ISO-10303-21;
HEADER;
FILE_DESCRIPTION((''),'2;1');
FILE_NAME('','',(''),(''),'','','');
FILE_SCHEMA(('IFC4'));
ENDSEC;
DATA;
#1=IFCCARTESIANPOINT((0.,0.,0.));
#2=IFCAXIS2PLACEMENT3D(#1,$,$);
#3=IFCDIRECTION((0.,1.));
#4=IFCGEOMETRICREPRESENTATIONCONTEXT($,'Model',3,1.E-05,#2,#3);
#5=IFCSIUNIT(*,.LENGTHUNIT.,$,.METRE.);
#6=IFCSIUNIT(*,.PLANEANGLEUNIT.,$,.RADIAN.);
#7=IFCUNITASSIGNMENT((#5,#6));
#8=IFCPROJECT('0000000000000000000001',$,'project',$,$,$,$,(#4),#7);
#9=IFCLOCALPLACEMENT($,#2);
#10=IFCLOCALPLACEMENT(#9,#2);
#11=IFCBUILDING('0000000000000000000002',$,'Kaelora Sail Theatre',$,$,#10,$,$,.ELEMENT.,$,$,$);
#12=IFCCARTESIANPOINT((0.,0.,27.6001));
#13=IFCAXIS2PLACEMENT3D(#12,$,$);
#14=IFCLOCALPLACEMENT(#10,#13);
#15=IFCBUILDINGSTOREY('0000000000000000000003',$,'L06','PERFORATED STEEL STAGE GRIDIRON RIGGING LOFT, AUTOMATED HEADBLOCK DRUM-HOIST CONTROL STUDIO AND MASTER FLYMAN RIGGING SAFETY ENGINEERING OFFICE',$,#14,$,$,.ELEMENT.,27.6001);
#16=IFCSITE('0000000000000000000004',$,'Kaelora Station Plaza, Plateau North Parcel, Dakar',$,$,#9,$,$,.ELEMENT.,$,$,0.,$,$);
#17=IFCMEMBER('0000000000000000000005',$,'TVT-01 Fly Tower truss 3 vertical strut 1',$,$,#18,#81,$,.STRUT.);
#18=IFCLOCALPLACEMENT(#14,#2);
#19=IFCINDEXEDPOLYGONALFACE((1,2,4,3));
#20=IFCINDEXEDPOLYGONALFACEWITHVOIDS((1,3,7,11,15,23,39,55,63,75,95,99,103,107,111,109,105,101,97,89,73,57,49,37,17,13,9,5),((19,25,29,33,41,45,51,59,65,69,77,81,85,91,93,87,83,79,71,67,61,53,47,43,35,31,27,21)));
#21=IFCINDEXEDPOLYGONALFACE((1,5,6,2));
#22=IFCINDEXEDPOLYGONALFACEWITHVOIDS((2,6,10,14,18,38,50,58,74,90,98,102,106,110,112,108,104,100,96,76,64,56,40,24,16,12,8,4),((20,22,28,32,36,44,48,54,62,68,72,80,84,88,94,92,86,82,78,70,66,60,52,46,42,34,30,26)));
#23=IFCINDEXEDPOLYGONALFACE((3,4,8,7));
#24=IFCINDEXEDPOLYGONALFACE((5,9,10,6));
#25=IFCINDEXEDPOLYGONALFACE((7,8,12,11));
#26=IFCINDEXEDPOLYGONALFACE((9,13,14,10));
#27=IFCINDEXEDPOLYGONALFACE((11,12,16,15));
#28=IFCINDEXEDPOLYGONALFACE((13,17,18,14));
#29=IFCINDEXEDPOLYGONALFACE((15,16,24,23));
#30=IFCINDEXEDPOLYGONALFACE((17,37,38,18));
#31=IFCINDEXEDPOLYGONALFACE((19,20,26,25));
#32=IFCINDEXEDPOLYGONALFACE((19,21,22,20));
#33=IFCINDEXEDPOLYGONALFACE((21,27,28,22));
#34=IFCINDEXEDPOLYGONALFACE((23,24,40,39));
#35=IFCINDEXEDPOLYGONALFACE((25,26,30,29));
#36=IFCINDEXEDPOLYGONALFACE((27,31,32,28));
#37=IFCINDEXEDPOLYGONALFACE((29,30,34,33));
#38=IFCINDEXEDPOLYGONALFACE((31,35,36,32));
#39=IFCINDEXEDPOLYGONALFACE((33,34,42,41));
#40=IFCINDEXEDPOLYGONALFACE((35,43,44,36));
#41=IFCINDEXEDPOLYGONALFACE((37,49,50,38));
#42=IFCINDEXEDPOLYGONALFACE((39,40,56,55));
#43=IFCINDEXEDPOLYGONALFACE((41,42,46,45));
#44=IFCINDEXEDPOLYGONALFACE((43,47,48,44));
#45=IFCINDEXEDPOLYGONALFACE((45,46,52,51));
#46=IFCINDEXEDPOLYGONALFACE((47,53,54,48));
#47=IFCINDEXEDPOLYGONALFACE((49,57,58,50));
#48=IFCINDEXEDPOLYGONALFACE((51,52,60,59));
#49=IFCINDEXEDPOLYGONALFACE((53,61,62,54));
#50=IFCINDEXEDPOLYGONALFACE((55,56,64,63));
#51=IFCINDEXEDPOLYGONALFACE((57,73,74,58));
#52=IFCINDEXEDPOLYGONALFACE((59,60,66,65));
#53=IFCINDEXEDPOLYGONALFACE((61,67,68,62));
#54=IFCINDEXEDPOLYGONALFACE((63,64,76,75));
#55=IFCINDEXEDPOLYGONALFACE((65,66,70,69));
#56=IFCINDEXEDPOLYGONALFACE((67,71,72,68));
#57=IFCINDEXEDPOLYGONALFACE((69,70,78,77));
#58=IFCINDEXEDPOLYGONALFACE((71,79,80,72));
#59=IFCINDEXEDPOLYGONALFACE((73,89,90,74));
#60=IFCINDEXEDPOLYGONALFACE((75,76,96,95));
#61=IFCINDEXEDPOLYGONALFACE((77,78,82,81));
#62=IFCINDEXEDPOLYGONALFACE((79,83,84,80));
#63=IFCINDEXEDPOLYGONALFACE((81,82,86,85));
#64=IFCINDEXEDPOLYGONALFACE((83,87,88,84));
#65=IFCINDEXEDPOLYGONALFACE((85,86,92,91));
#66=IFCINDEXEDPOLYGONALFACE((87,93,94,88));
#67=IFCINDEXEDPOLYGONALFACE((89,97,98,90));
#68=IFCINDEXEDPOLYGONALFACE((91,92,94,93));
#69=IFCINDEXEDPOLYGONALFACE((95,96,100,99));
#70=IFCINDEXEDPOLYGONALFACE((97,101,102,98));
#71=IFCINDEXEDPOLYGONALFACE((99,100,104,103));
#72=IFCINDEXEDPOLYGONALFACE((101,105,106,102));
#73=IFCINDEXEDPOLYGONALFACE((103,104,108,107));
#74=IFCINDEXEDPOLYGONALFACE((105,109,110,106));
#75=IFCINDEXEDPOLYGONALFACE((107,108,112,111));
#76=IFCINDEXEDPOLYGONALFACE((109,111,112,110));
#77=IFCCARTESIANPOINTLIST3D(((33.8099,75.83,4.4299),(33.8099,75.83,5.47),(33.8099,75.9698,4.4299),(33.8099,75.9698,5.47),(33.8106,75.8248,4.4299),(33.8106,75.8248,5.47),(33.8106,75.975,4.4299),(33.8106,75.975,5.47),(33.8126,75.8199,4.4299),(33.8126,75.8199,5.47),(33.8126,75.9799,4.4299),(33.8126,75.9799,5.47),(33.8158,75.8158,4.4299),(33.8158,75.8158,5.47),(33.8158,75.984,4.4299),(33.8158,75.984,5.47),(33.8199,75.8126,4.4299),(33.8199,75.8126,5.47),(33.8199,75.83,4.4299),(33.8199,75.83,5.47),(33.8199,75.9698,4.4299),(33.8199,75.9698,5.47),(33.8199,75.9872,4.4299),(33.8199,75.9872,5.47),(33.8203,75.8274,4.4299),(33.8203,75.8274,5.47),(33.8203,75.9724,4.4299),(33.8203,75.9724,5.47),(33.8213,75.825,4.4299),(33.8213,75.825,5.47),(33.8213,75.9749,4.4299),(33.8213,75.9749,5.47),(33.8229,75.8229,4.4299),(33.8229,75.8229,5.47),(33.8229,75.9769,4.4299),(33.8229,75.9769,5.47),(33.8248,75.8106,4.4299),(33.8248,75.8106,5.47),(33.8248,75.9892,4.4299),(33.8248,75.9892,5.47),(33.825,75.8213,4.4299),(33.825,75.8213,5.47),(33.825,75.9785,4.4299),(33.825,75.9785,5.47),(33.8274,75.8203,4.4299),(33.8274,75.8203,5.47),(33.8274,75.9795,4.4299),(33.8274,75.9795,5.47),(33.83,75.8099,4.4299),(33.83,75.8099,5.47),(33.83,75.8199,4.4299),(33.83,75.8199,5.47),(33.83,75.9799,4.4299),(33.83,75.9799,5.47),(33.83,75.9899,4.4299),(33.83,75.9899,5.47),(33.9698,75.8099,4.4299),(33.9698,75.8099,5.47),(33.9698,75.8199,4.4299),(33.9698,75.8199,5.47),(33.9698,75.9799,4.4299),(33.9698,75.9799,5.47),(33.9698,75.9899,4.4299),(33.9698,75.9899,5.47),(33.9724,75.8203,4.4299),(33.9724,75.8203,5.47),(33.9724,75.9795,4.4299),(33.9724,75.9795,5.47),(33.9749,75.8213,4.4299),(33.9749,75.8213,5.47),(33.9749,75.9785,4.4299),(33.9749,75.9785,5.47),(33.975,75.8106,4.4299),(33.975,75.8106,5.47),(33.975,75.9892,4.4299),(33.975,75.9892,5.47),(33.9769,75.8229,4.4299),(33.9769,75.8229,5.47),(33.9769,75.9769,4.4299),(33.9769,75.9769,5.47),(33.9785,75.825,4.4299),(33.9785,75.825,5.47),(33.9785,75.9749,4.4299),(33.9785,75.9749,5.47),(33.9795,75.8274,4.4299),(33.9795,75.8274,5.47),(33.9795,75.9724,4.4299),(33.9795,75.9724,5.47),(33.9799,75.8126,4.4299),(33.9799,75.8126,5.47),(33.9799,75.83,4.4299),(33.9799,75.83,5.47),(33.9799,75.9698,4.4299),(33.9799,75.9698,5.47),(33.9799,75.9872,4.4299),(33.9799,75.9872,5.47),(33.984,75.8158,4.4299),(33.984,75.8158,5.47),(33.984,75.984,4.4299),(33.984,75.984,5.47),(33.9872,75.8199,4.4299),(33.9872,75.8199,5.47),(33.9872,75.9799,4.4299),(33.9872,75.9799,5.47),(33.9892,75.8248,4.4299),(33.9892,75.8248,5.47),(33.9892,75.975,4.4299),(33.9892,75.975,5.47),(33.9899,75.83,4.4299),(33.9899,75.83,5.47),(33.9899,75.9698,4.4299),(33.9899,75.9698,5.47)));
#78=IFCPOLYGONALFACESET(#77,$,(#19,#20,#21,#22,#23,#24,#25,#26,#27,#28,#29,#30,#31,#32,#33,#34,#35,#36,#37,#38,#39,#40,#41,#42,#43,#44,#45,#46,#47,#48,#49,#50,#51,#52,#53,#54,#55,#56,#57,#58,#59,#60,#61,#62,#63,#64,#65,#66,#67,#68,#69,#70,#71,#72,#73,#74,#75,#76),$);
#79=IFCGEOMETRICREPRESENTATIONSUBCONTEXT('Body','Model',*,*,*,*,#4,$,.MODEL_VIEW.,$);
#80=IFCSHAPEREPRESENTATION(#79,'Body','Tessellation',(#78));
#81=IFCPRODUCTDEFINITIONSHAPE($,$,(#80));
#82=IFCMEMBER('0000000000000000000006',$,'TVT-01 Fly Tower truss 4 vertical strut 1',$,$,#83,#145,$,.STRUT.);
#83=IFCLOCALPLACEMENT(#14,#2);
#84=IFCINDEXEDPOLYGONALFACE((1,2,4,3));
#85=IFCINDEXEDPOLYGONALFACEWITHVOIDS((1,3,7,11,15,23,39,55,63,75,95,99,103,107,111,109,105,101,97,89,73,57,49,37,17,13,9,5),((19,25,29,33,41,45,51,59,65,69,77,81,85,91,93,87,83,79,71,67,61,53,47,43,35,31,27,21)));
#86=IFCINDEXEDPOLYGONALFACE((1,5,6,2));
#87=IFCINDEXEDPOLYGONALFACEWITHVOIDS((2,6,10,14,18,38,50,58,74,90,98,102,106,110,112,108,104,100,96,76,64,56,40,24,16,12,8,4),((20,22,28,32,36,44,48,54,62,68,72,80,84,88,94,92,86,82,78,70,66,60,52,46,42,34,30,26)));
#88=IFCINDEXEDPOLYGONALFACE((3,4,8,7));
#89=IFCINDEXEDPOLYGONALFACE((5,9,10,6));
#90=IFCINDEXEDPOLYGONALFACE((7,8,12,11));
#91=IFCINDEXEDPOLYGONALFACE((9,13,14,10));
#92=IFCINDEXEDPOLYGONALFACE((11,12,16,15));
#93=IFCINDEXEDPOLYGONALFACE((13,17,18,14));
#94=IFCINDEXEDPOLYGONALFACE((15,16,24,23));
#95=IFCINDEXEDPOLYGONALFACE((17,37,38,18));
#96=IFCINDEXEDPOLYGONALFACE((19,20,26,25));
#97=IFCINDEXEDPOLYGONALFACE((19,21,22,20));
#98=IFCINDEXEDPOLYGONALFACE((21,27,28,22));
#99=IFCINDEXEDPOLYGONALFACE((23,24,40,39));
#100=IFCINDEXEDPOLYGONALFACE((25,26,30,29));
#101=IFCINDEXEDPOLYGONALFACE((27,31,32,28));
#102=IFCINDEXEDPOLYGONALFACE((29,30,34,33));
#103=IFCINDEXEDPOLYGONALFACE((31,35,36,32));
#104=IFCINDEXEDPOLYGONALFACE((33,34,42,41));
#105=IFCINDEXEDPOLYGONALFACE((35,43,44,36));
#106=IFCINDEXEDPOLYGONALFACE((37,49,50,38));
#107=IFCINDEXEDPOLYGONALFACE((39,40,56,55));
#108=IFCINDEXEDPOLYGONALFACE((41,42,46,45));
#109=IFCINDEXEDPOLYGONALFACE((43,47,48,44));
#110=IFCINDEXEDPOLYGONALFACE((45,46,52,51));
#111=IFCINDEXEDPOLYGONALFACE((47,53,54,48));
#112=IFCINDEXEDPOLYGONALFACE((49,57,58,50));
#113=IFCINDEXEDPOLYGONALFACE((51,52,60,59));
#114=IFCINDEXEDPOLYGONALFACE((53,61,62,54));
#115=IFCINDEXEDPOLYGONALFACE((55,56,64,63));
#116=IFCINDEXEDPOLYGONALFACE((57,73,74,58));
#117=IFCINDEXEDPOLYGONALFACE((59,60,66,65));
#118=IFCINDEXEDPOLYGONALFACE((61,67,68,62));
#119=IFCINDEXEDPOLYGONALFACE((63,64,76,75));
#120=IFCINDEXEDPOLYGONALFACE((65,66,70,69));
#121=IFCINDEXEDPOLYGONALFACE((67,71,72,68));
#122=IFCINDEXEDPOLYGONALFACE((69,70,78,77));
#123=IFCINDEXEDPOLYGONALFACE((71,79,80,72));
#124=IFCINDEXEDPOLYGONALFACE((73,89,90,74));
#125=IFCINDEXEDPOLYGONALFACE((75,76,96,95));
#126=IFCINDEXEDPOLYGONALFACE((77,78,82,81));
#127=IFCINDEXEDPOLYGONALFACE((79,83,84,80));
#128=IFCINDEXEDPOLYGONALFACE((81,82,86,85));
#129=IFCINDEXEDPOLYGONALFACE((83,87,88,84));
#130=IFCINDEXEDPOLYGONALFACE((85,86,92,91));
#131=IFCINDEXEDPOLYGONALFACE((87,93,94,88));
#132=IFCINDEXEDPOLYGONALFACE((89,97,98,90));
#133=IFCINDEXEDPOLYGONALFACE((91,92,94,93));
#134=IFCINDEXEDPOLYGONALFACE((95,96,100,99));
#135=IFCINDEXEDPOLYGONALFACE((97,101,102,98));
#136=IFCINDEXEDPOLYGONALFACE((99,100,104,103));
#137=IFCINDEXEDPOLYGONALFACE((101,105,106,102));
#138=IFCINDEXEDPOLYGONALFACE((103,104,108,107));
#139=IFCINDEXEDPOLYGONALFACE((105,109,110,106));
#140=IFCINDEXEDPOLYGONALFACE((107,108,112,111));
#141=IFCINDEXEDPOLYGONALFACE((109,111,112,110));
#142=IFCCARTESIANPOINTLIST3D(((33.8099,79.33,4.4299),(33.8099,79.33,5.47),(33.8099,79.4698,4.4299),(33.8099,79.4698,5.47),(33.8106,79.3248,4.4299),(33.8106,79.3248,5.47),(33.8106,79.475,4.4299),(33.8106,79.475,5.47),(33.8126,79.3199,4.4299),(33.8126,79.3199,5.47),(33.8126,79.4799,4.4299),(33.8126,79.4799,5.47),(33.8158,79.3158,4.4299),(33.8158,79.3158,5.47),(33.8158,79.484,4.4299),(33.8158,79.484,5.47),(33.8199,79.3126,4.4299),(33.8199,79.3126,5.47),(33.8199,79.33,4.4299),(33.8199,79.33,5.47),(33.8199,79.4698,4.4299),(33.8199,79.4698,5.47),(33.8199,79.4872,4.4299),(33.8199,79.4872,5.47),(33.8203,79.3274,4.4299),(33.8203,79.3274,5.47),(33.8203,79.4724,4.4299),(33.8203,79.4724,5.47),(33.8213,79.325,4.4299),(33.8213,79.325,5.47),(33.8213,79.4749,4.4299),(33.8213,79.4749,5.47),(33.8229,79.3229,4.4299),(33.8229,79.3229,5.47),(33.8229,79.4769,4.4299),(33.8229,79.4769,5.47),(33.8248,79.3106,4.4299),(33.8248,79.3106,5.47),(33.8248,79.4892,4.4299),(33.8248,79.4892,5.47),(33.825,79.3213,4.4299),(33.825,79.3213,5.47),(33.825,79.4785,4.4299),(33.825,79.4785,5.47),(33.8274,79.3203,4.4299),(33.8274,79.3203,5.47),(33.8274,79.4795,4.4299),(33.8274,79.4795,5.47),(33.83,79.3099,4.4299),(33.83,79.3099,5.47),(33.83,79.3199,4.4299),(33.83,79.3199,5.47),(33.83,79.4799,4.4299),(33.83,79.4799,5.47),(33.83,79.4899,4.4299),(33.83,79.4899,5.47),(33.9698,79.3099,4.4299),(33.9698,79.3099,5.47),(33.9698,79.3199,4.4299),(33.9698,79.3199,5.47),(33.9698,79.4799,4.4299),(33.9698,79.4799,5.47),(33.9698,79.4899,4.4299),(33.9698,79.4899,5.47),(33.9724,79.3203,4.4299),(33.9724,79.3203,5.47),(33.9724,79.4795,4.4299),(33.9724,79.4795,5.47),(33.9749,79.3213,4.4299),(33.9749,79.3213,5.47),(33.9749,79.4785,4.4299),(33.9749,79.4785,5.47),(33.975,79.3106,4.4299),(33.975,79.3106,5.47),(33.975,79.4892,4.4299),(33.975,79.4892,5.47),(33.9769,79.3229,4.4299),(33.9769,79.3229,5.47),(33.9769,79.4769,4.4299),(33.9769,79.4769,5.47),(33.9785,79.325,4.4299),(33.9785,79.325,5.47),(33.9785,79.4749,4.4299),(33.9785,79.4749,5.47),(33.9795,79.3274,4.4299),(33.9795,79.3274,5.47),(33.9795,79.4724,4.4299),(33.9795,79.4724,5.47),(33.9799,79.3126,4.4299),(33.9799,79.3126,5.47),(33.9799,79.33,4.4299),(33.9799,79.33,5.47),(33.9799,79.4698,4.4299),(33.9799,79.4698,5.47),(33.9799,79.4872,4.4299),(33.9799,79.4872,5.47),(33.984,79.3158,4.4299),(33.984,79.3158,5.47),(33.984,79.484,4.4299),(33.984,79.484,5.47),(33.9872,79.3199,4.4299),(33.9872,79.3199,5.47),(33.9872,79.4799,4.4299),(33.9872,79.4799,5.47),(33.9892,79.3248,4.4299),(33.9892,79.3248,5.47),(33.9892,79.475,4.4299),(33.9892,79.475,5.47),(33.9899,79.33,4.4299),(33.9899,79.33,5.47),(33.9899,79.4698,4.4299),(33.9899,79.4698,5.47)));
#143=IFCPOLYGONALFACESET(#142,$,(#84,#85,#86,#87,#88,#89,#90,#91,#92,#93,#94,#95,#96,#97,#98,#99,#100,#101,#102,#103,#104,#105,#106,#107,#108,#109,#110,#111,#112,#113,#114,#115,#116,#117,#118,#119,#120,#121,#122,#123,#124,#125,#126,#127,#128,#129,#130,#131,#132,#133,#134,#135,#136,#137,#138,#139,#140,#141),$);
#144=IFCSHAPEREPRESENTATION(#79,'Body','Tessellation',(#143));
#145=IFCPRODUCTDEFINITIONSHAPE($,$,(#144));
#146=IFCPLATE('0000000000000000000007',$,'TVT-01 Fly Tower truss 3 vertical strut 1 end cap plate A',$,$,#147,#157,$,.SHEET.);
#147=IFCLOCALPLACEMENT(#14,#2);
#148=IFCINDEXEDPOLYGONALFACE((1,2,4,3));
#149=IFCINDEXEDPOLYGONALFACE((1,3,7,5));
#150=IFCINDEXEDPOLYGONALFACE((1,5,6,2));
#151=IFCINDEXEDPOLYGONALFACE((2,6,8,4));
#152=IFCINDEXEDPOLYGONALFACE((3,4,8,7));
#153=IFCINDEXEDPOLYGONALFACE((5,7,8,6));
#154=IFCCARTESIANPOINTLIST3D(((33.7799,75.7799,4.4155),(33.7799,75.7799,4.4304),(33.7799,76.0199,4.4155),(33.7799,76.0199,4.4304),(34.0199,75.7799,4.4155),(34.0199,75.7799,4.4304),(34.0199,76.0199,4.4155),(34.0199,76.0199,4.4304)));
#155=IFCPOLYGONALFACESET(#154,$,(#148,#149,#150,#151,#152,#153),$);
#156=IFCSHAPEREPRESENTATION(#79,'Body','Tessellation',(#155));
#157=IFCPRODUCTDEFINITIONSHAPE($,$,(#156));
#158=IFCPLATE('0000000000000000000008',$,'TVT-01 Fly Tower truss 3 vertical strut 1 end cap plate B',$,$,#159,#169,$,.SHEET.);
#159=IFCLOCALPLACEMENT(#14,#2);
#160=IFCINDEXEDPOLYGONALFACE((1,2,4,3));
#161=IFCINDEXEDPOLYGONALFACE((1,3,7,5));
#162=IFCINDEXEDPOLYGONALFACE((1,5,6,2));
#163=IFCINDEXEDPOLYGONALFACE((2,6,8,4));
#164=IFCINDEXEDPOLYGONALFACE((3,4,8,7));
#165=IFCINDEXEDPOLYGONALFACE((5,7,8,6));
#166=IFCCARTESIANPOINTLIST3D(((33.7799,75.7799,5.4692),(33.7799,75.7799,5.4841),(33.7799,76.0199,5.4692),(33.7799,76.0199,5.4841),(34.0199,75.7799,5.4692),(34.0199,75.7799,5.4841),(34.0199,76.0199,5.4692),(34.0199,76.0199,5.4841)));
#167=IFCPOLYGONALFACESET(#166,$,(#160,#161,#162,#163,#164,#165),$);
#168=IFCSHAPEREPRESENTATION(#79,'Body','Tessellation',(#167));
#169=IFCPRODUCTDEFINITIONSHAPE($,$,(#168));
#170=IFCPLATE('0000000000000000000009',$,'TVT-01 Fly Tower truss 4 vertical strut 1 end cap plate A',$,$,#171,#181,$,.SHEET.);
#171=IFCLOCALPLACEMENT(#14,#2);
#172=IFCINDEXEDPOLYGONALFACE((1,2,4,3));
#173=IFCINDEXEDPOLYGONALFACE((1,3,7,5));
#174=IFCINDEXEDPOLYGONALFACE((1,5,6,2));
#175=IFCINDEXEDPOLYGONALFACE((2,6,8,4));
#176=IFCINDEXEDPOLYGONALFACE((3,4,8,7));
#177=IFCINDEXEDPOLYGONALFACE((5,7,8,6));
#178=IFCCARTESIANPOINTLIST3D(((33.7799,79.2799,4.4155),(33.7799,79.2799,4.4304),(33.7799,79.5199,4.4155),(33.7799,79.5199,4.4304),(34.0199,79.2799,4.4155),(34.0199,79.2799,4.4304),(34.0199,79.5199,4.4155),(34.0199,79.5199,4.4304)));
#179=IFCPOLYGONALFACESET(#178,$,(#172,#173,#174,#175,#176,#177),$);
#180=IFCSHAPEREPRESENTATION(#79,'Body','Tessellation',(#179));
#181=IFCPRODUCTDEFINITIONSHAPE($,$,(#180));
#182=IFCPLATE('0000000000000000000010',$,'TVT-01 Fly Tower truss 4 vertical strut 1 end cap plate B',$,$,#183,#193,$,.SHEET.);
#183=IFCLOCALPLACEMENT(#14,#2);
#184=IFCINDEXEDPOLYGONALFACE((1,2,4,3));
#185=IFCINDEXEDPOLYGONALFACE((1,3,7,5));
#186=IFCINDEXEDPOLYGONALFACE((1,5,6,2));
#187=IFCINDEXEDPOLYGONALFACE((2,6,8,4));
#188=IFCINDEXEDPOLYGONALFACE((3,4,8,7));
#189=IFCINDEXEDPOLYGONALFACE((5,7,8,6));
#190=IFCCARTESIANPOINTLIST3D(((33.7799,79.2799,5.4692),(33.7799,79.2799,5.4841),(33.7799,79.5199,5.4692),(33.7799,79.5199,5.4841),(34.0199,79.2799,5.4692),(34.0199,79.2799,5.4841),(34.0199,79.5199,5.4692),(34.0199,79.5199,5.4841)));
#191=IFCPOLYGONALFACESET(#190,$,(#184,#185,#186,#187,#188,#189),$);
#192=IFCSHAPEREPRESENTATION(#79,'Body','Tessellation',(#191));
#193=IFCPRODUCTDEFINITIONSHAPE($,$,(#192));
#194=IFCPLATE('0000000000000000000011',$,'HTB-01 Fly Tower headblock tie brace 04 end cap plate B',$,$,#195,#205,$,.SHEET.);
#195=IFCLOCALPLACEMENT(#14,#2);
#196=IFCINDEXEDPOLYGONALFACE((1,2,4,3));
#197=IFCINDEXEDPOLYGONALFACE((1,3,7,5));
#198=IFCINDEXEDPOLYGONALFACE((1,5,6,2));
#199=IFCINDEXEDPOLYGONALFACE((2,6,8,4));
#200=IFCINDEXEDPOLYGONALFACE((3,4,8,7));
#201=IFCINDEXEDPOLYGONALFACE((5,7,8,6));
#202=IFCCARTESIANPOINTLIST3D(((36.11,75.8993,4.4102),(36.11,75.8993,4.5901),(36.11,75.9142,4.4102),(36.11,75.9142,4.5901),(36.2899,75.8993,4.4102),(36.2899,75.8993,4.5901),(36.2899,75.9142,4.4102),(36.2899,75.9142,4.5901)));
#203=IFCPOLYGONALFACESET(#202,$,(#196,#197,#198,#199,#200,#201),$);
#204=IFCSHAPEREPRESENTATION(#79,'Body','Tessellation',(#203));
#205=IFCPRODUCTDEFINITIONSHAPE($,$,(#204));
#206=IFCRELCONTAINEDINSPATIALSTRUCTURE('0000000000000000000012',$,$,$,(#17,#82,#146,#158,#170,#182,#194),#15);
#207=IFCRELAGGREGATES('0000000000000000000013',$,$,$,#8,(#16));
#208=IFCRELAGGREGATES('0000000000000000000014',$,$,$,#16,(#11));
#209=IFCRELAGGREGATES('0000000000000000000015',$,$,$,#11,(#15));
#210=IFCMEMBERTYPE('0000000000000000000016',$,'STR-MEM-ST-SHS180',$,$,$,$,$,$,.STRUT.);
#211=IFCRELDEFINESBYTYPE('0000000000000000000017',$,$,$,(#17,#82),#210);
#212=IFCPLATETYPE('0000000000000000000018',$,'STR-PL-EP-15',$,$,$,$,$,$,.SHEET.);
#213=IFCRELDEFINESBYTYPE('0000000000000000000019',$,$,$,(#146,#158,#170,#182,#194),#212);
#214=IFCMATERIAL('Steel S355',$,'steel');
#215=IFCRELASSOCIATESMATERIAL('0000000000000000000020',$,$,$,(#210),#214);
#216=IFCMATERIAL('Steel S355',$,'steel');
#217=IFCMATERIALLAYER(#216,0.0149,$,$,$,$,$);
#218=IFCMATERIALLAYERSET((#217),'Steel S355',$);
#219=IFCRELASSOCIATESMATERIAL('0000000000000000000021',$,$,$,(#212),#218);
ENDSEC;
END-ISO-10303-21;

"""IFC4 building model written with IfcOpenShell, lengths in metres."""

from ifc_helpers import new_model, si_unit, direction, frame, origin, origin_2d, place, context, subcontext, project, spatial, rectangle, hollow_rectangle, extrude, material, layer, layer_set, material_profile, profile_set, type_object, element, save


model = new_model("IFC4")

# Units and contexts
model_context = context("Model", 3, precision=1e-05, world=origin(), true_north=direction((0.0, 1.0)))
body_context = subcontext(model_context, "Body", "Model", "MODEL_VIEW")
ifc_project = project(units=[si_unit("LENGTHUNIT", "METRE"), si_unit("PLANEANGLEUNIT", "RADIAN")], contexts=[model_context])

# Site, building, storey
site_placement = place(None, origin())
site = spatial("IfcSite", under=ifc_project, at=site_placement, Name="Kaelora Station Plaza, Plateau North Parcel, Dakar", CompositionType="ELEMENT", RefElevation=0.0)
building_placement = place(site_placement, origin())
building = spatial("IfcBuilding", under=site, at=building_placement, Name="Kaelora Sail Theatre", CompositionType="ELEMENT")
storey_placement = place(building_placement, frame((0.0, 0.0, 27.6001)))
storey = spatial("IfcBuildingStorey", under=building, at=storey_placement, Name="L06", Description="PERFORATED STEEL STAGE GRIDIRON RIGGING LOFT, AUTOMATED HEADBLOCK DRUM-HOIST CONTROL STUDIO AND MASTER FLYMAN RIGGING SAFETY ENGINEERING OFFICE", CompositionType="ELEMENT", Elevation=27.6001)

# Members
ifc_material_1 = material(Name="Steel S355", Category="steel")
ifc_material_profile_1 = material_profile(ifc_material_1, hollow_rectangle(XDim=0.1799, YDim=0.1799, WallThickness=0.01, InnerFilletRadius=0.01, OuterFilletRadius=0.02, at=origin_2d()), Name="SHS 180x180x10.0")
ifc_profile_set_1 = profile_set([ifc_material_profile_1], Name="Steel S355")
member_type_1 = type_object("IfcMemberType", Name="STR-MEM-ST-SHS180", PredefinedType="STRUT", material=ifc_profile_set_1)
for number, where, z_axis, x_axis, name in (
    (1, (33.8999, 75.8999, 4.4299), (0.0, 0.0, 1.0), (1.0, 0.0, 0.0), "TVT-01 Fly Tower truss 3 vertical strut 1"),
    (2, (33.8999, 79.3999, 4.4299), (0.0, 0.0, 1.0), (1.0, 0.0, 0.0), "TVT-01 Fly Tower truss 4 vertical strut 1"),
):
    element("IfcMember", number, at=place(storey_placement, frame(where, z_axis=z_axis, x_axis=x_axis)), inside=storey, type_object=member_type_1, Name=name, PredefinedType="STRUT", context=body_context, shape_type="SweptSolid", body=[
        extrude(hollow_rectangle(XDim=0.1799, YDim=0.1799, WallThickness=0.01, InnerFilletRadius=0.01, OuterFilletRadius=0.02, at=origin_2d()), origin(), (0.0, 0.0, 1.0), 1.04),
    ])

# Plates
ifc_material_2 = material(Name="Steel S355", Category="steel")
ifc_layer_1 = layer(ifc_material_2, 0.0149)
ifc_layer_set_1 = layer_set([ifc_layer_1], Name="Steel S355")
plate_type_1 = type_object("IfcPlateType", Name="STR-PL-EP-15", PredefinedType="SHEET", material=ifc_layer_set_1)
for number, where, z_axis, x_axis, name in (
    (3, (33.8999, 75.8999, 4.4155), (0.0, 0.0, 1.0), (1.0, 0.0, 0.0), "TVT-01 Fly Tower truss 3 vertical strut 1 end cap plate A"),
    (4, (33.8999, 75.8999, 5.4692), (0.0, 0.0, 1.0), (1.0, 0.0, 0.0), "TVT-01 Fly Tower truss 3 vertical strut 1 end cap plate B"),
    (5, (33.8999, 79.3999, 4.4155), (0.0, 0.0, 1.0), (1.0, 0.0, 0.0), "TVT-01 Fly Tower truss 4 vertical strut 1 end cap plate A"),
    (6, (33.8999, 79.3999, 5.4692), (0.0, 0.0, 1.0), (1.0, 0.0, 0.0), "TVT-01 Fly Tower truss 4 vertical strut 1 end cap plate B"),
):
    element("IfcPlate", number, at=place(storey_placement, frame(where, z_axis=z_axis, x_axis=x_axis)), inside=storey, type_object=plate_type_1, Name=name, PredefinedType="SHEET", context=body_context, shape_type="SweptSolid", body=[
        extrude(rectangle(XDim=0.24, YDim=0.24, at=origin_2d()), origin(), (0.0, 0.0, 1.0), 0.0149),
    ])
plate_1_placement = place(storey_placement, frame((36.2, 75.9067, 4.4102), z_axis=(0.0, 0.0, 1.0), x_axis=(0.0, 1.0, 0.0)))
element("IfcPlate", 7, at=plate_1_placement, inside=storey, type_object=plate_type_1, Name="HTB-01 Fly Tower headblock tie brace 04 end cap plate B", PredefinedType="SHEET", context=body_context, shape_type="SweptSolid", body=[
    extrude(rectangle(XDim=0.0149, YDim=0.1799, at=origin_2d()), origin(), (0.0, 0.0, 1.0), 0.1799),
])

save(model, "model.ifc")
